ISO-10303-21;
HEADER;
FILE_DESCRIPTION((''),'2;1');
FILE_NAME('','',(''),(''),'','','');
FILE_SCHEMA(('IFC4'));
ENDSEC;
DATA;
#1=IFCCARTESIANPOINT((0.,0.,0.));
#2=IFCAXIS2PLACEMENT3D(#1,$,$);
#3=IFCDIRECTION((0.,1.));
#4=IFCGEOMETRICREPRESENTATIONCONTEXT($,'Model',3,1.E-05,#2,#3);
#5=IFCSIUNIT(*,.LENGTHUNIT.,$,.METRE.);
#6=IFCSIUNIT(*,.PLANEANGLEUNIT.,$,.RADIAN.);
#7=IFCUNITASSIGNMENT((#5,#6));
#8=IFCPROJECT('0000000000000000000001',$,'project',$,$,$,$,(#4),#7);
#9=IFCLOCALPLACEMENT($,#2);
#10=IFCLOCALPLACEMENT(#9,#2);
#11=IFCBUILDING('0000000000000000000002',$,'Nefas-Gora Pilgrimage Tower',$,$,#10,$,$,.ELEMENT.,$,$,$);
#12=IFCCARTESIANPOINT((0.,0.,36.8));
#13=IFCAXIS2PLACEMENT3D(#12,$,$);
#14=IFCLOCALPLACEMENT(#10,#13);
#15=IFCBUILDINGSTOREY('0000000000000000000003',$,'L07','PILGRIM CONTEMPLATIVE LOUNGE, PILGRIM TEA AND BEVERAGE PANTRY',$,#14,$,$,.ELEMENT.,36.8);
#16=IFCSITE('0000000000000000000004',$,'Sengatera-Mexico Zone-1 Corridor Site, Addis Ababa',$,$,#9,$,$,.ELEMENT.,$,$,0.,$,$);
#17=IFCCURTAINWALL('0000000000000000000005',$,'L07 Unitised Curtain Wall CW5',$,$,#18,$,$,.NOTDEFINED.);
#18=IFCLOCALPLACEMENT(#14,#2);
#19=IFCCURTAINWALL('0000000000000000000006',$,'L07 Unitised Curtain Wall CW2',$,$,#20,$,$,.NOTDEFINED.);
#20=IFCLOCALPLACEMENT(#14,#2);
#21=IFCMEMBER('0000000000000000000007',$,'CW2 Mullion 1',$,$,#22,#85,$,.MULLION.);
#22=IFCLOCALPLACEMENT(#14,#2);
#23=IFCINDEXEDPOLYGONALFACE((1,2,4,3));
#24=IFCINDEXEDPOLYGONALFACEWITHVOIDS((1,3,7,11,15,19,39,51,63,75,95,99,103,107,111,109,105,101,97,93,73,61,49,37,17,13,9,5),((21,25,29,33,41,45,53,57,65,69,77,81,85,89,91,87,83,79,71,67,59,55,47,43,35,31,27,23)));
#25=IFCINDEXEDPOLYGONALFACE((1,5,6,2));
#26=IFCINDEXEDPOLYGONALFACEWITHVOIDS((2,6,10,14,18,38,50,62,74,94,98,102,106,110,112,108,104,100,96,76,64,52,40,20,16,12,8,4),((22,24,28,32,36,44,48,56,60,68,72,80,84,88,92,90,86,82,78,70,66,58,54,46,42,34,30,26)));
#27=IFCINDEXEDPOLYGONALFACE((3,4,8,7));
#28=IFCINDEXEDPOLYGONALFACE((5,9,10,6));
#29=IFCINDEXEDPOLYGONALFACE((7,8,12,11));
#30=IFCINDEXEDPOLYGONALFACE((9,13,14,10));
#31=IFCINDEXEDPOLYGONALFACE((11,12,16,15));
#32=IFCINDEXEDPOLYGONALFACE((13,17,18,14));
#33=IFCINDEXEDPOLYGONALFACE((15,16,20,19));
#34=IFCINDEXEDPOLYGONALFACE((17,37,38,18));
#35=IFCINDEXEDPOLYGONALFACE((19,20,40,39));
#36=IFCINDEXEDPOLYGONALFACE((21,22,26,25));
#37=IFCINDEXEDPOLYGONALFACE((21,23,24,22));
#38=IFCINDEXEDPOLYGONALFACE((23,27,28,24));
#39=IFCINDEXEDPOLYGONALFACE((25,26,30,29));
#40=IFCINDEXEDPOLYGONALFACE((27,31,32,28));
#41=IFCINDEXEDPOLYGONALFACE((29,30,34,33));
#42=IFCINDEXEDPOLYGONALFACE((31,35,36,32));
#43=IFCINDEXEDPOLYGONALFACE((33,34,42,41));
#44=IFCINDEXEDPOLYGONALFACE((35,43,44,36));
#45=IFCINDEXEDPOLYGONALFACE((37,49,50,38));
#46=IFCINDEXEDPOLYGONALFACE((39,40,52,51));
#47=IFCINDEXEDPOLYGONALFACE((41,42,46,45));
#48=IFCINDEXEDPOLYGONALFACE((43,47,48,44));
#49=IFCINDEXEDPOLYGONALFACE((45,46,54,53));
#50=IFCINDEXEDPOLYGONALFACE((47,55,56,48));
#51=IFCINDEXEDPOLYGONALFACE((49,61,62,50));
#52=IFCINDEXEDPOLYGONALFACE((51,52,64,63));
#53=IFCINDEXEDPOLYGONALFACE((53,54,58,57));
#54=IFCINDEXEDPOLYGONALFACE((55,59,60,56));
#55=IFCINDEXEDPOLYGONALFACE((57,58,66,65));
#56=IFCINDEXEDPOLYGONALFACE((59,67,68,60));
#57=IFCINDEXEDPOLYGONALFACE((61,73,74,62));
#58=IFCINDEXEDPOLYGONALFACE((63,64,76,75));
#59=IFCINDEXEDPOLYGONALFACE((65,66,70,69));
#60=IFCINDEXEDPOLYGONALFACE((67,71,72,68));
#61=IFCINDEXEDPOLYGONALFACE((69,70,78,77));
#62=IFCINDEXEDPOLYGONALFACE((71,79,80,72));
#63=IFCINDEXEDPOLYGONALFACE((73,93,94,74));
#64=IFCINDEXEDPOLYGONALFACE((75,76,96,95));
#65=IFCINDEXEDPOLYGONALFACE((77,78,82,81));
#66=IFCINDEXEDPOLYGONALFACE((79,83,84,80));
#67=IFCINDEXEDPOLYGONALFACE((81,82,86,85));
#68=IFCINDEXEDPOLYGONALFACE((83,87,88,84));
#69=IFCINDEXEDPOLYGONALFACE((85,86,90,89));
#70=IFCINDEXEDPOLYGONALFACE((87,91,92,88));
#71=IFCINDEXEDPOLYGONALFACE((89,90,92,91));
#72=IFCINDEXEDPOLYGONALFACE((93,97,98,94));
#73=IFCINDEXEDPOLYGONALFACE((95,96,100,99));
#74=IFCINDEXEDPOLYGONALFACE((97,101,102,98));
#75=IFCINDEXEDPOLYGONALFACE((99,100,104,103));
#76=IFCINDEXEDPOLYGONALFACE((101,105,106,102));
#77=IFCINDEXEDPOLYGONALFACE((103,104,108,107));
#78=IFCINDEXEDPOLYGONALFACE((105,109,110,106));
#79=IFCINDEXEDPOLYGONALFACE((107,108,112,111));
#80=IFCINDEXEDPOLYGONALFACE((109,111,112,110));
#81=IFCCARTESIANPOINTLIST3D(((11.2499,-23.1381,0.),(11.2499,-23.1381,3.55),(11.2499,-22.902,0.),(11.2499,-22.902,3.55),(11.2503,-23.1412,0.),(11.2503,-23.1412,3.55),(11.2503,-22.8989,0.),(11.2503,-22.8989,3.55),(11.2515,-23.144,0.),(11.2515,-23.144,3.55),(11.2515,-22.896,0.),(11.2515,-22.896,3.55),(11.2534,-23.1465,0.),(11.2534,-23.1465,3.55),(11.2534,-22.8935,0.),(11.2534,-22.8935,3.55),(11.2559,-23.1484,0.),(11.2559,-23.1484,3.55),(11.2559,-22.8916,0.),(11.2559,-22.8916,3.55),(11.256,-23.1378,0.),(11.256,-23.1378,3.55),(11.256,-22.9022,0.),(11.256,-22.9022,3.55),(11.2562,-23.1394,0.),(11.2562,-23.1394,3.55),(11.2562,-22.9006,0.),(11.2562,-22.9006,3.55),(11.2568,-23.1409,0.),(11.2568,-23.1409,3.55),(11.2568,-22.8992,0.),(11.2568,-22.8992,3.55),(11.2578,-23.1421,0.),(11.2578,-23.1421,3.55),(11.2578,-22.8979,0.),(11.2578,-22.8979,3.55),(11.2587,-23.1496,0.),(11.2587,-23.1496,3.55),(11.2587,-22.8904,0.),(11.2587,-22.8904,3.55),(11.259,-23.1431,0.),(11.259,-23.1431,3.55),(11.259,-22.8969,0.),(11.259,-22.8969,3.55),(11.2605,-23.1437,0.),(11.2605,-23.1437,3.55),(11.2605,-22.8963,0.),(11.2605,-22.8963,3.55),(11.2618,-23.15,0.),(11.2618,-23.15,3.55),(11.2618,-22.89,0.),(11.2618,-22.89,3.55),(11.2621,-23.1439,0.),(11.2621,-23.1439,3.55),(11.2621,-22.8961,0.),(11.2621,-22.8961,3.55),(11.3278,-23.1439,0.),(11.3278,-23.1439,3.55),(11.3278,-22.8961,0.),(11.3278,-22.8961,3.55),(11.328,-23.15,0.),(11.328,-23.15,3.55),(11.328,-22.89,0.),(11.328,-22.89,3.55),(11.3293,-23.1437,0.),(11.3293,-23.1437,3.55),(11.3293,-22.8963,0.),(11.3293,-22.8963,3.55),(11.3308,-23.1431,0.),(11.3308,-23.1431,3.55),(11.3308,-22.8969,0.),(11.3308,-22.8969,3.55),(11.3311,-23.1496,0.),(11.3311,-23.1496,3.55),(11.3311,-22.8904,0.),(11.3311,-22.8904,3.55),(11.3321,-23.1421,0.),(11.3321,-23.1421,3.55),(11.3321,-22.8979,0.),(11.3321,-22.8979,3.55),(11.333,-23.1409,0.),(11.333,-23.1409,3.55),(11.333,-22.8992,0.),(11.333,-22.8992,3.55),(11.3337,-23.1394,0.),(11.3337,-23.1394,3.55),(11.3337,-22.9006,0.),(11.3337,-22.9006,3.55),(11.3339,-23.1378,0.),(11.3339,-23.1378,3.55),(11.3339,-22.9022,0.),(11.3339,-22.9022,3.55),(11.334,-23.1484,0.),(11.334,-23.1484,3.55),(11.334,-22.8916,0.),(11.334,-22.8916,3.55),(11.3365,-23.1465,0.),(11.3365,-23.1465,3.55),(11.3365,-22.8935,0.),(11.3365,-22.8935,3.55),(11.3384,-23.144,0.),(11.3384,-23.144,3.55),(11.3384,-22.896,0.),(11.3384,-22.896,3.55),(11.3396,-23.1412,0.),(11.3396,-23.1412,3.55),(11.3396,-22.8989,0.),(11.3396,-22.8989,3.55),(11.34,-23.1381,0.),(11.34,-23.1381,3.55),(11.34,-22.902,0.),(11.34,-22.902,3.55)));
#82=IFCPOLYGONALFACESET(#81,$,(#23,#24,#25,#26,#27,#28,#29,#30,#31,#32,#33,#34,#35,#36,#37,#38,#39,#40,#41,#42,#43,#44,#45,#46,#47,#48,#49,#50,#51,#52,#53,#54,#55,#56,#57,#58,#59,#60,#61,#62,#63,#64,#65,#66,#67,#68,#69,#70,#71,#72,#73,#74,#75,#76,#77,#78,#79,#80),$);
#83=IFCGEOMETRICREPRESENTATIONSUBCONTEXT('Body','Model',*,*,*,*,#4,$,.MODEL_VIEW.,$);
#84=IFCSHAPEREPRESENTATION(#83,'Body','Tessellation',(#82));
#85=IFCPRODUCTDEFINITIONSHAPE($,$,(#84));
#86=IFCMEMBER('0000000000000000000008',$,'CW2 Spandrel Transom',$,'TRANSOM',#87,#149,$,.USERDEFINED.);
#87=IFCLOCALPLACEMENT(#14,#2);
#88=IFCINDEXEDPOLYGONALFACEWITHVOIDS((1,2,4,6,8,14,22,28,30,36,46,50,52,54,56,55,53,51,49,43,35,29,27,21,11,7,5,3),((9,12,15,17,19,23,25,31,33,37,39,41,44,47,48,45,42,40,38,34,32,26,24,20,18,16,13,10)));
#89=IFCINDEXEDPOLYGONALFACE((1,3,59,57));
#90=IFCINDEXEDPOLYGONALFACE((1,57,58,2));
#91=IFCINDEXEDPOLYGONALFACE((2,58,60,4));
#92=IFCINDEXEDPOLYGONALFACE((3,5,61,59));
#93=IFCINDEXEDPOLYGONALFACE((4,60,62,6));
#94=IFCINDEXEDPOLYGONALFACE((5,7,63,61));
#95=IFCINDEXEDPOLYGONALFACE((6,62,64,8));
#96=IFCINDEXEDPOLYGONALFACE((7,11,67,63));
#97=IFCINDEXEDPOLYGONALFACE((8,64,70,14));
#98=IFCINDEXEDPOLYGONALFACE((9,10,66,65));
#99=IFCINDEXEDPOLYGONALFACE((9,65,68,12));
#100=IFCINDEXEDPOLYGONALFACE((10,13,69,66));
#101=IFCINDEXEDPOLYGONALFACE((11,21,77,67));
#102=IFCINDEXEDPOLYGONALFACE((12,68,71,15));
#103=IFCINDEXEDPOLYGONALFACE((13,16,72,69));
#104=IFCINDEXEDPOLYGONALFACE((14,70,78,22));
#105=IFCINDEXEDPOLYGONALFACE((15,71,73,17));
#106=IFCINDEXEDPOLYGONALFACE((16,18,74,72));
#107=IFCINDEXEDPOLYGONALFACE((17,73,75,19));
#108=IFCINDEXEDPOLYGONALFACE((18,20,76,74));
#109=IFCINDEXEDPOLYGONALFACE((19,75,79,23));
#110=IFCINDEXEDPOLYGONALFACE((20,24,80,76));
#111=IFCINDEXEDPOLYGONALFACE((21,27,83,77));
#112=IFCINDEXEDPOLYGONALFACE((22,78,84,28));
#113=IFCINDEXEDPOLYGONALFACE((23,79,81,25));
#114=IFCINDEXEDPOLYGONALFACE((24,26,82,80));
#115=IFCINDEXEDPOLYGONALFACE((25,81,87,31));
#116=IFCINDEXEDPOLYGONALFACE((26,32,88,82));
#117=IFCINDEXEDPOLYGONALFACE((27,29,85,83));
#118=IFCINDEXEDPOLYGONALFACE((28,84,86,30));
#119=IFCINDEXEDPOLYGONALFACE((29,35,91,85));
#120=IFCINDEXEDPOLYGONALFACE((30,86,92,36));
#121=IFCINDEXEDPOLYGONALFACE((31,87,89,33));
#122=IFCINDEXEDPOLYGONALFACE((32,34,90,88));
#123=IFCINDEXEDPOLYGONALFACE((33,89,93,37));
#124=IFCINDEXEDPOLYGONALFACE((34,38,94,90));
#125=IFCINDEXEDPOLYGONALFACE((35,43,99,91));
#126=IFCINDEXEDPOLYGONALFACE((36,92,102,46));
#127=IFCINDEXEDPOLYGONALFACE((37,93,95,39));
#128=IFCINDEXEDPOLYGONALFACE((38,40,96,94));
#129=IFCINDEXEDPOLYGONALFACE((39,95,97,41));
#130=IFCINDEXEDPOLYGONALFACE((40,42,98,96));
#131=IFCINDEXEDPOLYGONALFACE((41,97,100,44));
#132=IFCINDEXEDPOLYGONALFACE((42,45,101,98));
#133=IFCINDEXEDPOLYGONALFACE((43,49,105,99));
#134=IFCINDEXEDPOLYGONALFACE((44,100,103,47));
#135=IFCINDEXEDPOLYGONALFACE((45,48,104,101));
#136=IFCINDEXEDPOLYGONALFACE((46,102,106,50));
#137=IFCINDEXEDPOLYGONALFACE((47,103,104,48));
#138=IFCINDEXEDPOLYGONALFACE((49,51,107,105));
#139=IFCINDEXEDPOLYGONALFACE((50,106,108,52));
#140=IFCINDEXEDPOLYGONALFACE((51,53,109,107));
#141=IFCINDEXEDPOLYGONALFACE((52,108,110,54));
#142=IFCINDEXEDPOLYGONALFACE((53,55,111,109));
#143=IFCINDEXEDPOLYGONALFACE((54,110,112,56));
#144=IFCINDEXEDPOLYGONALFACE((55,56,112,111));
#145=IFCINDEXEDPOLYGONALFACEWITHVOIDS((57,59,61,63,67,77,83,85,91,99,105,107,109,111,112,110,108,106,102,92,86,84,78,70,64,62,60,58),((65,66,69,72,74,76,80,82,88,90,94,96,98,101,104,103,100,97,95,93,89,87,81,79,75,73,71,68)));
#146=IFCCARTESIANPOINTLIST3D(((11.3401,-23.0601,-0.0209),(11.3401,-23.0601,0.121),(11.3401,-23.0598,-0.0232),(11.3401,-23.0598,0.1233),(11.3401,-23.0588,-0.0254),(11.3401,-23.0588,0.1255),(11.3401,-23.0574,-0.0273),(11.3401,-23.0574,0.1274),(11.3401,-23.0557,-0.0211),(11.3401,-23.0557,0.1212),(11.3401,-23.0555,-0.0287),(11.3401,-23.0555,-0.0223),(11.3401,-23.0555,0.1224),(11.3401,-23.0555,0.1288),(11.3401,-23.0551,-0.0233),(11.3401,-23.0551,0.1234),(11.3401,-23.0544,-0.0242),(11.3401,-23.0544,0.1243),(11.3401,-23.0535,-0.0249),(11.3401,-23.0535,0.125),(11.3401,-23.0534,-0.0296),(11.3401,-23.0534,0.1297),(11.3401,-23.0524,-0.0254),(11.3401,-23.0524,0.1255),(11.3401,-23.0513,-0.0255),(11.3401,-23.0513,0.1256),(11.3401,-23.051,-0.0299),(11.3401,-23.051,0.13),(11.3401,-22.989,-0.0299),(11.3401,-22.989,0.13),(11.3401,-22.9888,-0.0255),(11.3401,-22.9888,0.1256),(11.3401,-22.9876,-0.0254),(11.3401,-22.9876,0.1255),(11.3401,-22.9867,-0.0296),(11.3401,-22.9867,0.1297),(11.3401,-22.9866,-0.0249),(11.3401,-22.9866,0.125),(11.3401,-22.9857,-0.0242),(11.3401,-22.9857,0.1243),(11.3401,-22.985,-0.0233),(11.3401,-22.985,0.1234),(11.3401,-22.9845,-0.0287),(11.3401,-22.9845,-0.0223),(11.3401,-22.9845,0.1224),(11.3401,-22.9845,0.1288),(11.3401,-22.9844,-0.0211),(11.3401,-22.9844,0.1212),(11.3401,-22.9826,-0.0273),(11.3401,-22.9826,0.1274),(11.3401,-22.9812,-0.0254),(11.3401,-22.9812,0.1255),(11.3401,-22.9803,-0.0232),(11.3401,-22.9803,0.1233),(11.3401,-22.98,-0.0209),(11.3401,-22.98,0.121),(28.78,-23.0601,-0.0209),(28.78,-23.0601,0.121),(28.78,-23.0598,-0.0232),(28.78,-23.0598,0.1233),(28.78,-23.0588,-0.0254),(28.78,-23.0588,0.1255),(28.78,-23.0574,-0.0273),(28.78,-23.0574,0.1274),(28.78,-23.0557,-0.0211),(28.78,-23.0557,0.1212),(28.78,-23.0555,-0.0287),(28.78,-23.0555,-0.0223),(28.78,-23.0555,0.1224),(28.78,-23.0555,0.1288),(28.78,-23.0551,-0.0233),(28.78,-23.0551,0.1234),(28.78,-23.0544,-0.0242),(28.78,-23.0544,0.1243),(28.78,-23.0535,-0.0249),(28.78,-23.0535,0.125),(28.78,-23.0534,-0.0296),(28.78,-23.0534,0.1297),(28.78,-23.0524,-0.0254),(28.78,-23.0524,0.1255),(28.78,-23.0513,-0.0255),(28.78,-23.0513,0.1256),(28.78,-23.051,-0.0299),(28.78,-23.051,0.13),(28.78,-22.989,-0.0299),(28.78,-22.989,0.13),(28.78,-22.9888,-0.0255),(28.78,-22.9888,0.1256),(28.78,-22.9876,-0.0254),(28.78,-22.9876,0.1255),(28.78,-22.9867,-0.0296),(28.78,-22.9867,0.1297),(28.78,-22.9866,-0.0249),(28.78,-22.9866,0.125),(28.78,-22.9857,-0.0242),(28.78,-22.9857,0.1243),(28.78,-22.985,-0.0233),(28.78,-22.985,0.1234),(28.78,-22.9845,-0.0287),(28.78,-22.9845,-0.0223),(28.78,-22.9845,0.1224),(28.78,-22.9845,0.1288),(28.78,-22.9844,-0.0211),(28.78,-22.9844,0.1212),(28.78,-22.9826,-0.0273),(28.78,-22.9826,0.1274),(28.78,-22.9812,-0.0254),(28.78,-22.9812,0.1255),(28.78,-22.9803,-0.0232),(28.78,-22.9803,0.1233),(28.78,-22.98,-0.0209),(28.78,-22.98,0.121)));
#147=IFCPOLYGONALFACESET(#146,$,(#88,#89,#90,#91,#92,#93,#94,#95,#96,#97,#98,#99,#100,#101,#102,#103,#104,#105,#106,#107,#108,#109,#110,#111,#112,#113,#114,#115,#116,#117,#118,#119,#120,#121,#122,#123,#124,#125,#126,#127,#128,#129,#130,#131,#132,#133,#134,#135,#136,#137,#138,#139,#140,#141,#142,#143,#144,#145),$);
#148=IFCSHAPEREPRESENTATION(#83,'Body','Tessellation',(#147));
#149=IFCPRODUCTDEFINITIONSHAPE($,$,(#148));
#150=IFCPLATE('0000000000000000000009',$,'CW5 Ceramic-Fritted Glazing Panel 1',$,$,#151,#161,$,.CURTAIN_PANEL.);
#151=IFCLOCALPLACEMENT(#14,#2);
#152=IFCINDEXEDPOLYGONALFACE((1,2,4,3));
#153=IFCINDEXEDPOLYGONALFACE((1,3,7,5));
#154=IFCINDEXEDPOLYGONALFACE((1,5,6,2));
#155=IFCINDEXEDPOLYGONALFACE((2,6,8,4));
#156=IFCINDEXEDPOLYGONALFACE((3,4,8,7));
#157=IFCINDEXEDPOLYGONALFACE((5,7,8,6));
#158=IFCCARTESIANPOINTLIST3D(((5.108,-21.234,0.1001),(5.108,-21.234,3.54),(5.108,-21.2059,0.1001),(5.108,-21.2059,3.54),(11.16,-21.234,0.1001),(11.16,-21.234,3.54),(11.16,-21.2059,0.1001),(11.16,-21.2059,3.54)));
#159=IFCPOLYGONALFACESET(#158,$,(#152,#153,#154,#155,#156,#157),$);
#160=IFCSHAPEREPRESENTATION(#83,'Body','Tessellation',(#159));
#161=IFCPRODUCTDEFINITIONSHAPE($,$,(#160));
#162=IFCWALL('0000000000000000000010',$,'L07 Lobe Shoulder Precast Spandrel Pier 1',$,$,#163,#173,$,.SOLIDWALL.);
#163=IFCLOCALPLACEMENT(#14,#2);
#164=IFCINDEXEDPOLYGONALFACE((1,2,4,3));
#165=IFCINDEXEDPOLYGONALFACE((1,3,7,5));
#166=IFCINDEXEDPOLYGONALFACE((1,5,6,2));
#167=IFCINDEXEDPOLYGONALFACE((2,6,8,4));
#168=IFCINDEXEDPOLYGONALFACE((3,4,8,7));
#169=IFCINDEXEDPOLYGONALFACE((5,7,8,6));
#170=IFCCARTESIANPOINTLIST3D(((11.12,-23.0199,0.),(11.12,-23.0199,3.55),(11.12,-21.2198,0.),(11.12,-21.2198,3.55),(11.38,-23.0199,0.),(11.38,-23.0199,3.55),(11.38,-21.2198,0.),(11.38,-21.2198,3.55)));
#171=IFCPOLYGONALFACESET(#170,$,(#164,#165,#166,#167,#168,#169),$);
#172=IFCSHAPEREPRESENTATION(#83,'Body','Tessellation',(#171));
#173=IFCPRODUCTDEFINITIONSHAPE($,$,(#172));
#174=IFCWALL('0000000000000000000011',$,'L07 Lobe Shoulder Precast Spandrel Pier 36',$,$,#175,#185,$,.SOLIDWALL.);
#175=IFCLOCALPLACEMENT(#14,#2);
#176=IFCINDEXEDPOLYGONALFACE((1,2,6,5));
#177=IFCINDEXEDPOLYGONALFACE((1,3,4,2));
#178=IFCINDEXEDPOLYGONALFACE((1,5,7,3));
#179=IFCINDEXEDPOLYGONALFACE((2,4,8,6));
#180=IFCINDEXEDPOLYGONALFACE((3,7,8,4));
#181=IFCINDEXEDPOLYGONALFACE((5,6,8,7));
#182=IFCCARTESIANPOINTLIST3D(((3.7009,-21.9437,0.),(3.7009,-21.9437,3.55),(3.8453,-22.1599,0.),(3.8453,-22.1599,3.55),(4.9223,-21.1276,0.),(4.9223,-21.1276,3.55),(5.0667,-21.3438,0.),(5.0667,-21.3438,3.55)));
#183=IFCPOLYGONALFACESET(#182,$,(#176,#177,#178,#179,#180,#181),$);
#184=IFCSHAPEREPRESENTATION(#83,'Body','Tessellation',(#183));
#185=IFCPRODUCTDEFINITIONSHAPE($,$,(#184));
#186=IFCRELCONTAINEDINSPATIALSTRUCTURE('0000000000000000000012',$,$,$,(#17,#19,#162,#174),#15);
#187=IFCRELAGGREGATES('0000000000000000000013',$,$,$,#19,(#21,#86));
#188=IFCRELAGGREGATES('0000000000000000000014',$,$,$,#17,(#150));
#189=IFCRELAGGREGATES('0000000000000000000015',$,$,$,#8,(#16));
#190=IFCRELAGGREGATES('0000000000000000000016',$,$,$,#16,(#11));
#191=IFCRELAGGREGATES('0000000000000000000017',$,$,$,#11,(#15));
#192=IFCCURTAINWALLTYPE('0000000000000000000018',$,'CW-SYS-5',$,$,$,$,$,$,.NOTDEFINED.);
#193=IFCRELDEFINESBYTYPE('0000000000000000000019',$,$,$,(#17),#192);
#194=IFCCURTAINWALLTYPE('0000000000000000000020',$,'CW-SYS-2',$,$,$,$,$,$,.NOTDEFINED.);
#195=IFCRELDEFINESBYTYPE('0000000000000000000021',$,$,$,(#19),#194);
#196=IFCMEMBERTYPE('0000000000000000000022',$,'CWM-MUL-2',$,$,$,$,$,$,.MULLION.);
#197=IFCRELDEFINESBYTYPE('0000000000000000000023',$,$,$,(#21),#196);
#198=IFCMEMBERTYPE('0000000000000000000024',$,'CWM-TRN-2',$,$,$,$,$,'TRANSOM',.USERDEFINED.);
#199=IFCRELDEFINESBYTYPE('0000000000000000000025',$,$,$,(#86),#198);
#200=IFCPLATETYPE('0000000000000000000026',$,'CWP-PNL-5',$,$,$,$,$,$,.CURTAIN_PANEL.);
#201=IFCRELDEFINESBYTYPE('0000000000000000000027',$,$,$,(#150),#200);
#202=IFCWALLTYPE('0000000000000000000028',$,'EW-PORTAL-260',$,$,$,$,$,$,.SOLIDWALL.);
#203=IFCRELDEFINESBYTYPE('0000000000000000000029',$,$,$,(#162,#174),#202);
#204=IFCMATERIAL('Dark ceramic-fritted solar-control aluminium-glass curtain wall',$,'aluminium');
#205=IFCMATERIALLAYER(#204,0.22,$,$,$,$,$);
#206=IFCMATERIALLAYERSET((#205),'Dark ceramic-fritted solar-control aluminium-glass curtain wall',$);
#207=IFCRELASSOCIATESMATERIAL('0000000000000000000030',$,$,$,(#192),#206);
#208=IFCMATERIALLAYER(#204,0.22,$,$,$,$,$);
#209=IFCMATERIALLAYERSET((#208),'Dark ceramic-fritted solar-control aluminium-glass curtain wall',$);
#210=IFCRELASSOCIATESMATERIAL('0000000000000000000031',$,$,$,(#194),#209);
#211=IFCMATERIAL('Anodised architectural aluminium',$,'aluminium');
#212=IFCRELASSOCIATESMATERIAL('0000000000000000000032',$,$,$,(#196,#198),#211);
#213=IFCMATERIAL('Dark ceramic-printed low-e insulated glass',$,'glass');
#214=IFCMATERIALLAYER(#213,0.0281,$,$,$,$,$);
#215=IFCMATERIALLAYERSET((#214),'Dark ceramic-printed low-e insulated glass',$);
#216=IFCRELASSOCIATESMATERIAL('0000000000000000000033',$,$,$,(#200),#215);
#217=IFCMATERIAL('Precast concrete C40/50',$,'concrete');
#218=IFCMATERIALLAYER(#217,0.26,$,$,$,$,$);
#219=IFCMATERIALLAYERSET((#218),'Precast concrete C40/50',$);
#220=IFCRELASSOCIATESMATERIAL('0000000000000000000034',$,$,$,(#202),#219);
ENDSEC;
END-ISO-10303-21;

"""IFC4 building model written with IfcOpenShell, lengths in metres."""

from ifc_helpers import new_model, si_unit, direction, frame, frame_2d, origin, origin_2d, place, context, subcontext, project, spatial, rectangle, hollow_rectangle, extrude, source, transform, mapped, material, layer, layer_set, material_profile, profile_set, type_object, element, aggregate, save


model = new_model("IFC4")

# Units and contexts
model_context = context("Model", 3, precision=1e-05, world=origin(), true_north=direction((0.0, 1.0)))
body_context = subcontext(model_context, "Body", "Model", "MODEL_VIEW")
ifc_project = project(units=[si_unit("LENGTHUNIT", "METRE"), si_unit("PLANEANGLEUNIT", "RADIAN")], contexts=[model_context])

# Site, building, storey
site_placement = place(None, origin())
site = spatial("IfcSite", under=ifc_project, at=site_placement, Name="Sengatera-Mexico Zone-1 Corridor Site, Addis Ababa", CompositionType="ELEMENT", RefElevation=0.0)
building_placement = place(site_placement, origin())
building = spatial("IfcBuilding", under=site, at=building_placement, Name="Nefas-Gora Pilgrimage Tower", CompositionType="ELEMENT")
storey_placement = place(building_placement, frame((0.0, 0.0, 36.8)))
storey = spatial("IfcBuildingStorey", under=building, at=storey_placement, Name="L07", Description="PILGRIM CONTEMPLATIVE LOUNGE, PILGRIM TEA AND BEVERAGE PANTRY", CompositionType="ELEMENT", Elevation=36.8)

# Curtain wall
ifc_material_1 = material(Name="Dark ceramic-fritted solar-control aluminium-glass curtain wall", Category="aluminium")
ifc_layer_1 = layer(ifc_material_1, 0.22)
ifc_layer_set_1 = layer_set([ifc_layer_1], Name="Dark ceramic-fritted solar-control aluminium-glass curtain wall")
curtain_wall_type_1 = type_object("IfcCurtainWallType", Name="CW-SYS-5", PredefinedType="NOTDEFINED", material=ifc_layer_set_1)
curtain_wall_1_placement = place(storey_placement, origin())
curtain_wall_1 = element("IfcCurtainWall", 1, at=curtain_wall_1_placement, inside=storey, type_object=curtain_wall_type_1, Name="L07 Unitised Curtain Wall CW5", PredefinedType="NOTDEFINED")
ifc_material_2 = material(Name="Anodised architectural aluminium", Category="aluminium")

# Curtain wall, members
ifc_layer_2 = layer(ifc_material_1, 0.22)
ifc_layer_set_2 = layer_set([ifc_layer_2], Name="Dark ceramic-fritted solar-control aluminium-glass curtain wall")
curtain_wall_type_2 = type_object("IfcCurtainWallType", Name="CW-SYS-2", PredefinedType="NOTDEFINED", material=ifc_layer_set_2)
curtain_wall_2_placement = place(storey_placement, origin())
curtain_wall_2 = element("IfcCurtainWall", 2, at=curtain_wall_2_placement, inside=storey, type_object=curtain_wall_type_2, Name="L07 Unitised Curtain Wall CW2", PredefinedType="NOTDEFINED")
ifc_material_profile_1 = material_profile(ifc_material_2, hollow_rectangle(XDim=0.0901, YDim=0.26, WallThickness=0.0061, InnerFilletRadius=0.0061, OuterFilletRadius=0.012, at=origin_2d()), Name="ALU MULLION 90x260")
ifc_profile_set_1 = profile_set([ifc_material_profile_1], Name="Anodised architectural aluminium")
member_type_1 = type_object("IfcMemberType", Name="CWM-MUL-2", PredefinedType="MULLION", material=ifc_profile_set_1)
shared_shape_1 = source(origin(), body_context, "Body", "SweptSolid", [
    extrude(hollow_rectangle(XDim=0.0901, YDim=0.26, WallThickness=0.0061, InnerFilletRadius=0.0061, OuterFilletRadius=0.012, at=origin_2d()), origin(), (0.0, 0.0, 1.0), 3.55),
])
member_1_placement = place(storey_placement, frame((11.2949, -23.02, 0.0), z_axis=(0.0, 0.0, 1.0), x_axis=(1.0, 0.0, 0.0)))
member_1 = element("IfcMember", 3, at=member_1_placement, type_object=member_type_1, Name="CW2 Mullion 1", PredefinedType="MULLION", context=body_context, shape_type="MappedRepresentation", body=[
    mapped(shared_shape_1, transform((0.0, 0.0, 0.0), x_axis=(1.0, 0.0, 0.0), y_axis=(0.0, 1.0, 0.0), z_axis=(0.0, 0.0, 1.0), scale=1.0)),
])
ifc_material_profile_2 = material_profile(ifc_material_2, hollow_rectangle(XDim=0.0801, YDim=0.1599, WallThickness=0.0044, InnerFilletRadius=0.0044, OuterFilletRadius=0.009, at=origin_2d()), Name="ALU TRANSOM 80x160")
ifc_profile_set_2 = profile_set([ifc_material_profile_2], Name="Anodised architectural aluminium")
member_type_2 = type_object("IfcMemberType", Name="CWM-TRN-2", ElementType="TRANSOM", PredefinedType="USERDEFINED", material=ifc_profile_set_2)
shared_shape_2 = source(origin(), body_context, "Body", "SweptSolid", [
    extrude(hollow_rectangle(XDim=0.0801, YDim=0.1599, WallThickness=0.0044, InnerFilletRadius=0.0044, OuterFilletRadius=0.009, at=origin_2d()), origin(), (0.0, 0.0, 1.0), 17.4399),
])
member_2_placement = place(storey_placement, frame((11.3401, -23.02, 0.05), z_axis=(1.0, 0.0, 0.0), x_axis=(0.0, 1.0, 0.0)))
member_2 = element("IfcMember", 4, at=member_2_placement, type_object=member_type_2, Name="CW2 Spandrel Transom", ObjectType="TRANSOM", PredefinedType="USERDEFINED", context=body_context, shape_type="MappedRepresentation", body=[
    mapped(shared_shape_2, transform((0.0, 0.0, 0.0), x_axis=(1.0, 0.0, 0.0), y_axis=(0.0, 1.0, 0.0), z_axis=(0.0, 0.0, 1.0), scale=1.0)),
])
aggregate(curtain_wall_2, [member_1, member_2])

# Plate
ifc_material_3 = material(Name="Dark ceramic-printed low-e insulated glass", Category="glass")
ifc_layer_3 = layer(ifc_material_3, 0.0281)
ifc_layer_set_3 = layer_set([ifc_layer_3], Name="Dark ceramic-printed low-e insulated glass")
plate_type = type_object("IfcPlateType", Name="CWP-PNL-5", PredefinedType="CURTAIN_PANEL", material=ifc_layer_set_3)
shared_shape_3 = source(origin(), body_context, "Body", "SweptSolid", [
    extrude(rectangle(XDim=6.052, YDim=0.0281, at=origin_2d()), origin(), (0.0, 0.0, 1.0), 3.4399),
])
plate_placement = place(storey_placement, frame((8.134, -21.22, 0.1001), z_axis=(0.0, 0.0, 1.0), x_axis=(1.0, 0.0, 0.0)))
plate = element("IfcPlate", 5, at=plate_placement, type_object=plate_type, Name="CW5 Ceramic-Fritted Glazing Panel 1", PredefinedType="CURTAIN_PANEL", context=body_context, shape_type="MappedRepresentation", body=[
    mapped(shared_shape_3, transform((0.0, 0.0, 0.0), x_axis=(1.0, 0.0, 0.0), y_axis=(0.0, 1.0, 0.0), z_axis=(0.0, 0.0, 1.0), scale=1.0)),
])
aggregate(curtain_wall_1, [plate])

# Walls
ifc_material_4 = material(Name="Precast concrete C40/50", Category="concrete")
ifc_layer_4 = layer(ifc_material_4, 0.26)
ifc_layer_set_4 = layer_set([ifc_layer_4], Name="Precast concrete C40/50")
wall_type_1 = type_object("IfcWallType", Name="EW-PORTAL-260", PredefinedType="SOLIDWALL", material=ifc_layer_set_4)
shared_shape_4 = source(origin(), body_context, "Body", "SweptSolid", [
    extrude(rectangle(XDim=1.8, YDim=0.26, at=frame_2d((0.8999, 0.0))), origin(), (0.0, 0.0, 1.0), 3.55),
])
wall_1_placement = place(storey_placement, frame((11.25, -21.22, 0.0), z_axis=(0.0, 0.0, 1.0), x_axis=(0.0, -1.0, 0.0)))
element("IfcWall", 6, at=wall_1_placement, inside=storey, type_object=wall_type_1, Name="L07 Lobe Shoulder Precast Spandrel Pier 1", PredefinedType="SOLIDWALL", context=body_context, shape_type="MappedRepresentation", body=[
    mapped(shared_shape_4, transform((0.0, 0.0, 0.0), x_axis=(1.0, 0.0, 0.0), y_axis=(0.0, 1.0, 0.0), z_axis=(0.0, 0.0, 1.0), scale=1.0)),
])
shared_shape_5 = source(origin(), body_context, "Body", "SweptSolid", [
    extrude(rectangle(XDim=1.469, YDim=0.26, at=frame_2d((0.7344, 0.0))), origin(), (0.0, 0.0, 1.0), 3.55),
])
wall_2_placement = place(storey_placement, frame((3.7732, -22.0518, 0.0), z_axis=(0.0, 0.0, 1.0), x_axis=(0.831462, 0.555582, 0.0)))
element("IfcWall", 7, at=wall_2_placement, inside=storey, type_object=wall_type_1, Name="L07 Lobe Shoulder Precast Spandrel Pier 36", PredefinedType="SOLIDWALL", context=body_context, shape_type="MappedRepresentation", body=[
    mapped(shared_shape_5, transform((0.0, 0.0, 0.0), x_axis=(1.0, 0.0, 0.0), y_axis=(0.0, 1.0, 0.0), z_axis=(0.0, 0.0, 1.0), scale=1.0)),
])

save(model, "model.ifc")
